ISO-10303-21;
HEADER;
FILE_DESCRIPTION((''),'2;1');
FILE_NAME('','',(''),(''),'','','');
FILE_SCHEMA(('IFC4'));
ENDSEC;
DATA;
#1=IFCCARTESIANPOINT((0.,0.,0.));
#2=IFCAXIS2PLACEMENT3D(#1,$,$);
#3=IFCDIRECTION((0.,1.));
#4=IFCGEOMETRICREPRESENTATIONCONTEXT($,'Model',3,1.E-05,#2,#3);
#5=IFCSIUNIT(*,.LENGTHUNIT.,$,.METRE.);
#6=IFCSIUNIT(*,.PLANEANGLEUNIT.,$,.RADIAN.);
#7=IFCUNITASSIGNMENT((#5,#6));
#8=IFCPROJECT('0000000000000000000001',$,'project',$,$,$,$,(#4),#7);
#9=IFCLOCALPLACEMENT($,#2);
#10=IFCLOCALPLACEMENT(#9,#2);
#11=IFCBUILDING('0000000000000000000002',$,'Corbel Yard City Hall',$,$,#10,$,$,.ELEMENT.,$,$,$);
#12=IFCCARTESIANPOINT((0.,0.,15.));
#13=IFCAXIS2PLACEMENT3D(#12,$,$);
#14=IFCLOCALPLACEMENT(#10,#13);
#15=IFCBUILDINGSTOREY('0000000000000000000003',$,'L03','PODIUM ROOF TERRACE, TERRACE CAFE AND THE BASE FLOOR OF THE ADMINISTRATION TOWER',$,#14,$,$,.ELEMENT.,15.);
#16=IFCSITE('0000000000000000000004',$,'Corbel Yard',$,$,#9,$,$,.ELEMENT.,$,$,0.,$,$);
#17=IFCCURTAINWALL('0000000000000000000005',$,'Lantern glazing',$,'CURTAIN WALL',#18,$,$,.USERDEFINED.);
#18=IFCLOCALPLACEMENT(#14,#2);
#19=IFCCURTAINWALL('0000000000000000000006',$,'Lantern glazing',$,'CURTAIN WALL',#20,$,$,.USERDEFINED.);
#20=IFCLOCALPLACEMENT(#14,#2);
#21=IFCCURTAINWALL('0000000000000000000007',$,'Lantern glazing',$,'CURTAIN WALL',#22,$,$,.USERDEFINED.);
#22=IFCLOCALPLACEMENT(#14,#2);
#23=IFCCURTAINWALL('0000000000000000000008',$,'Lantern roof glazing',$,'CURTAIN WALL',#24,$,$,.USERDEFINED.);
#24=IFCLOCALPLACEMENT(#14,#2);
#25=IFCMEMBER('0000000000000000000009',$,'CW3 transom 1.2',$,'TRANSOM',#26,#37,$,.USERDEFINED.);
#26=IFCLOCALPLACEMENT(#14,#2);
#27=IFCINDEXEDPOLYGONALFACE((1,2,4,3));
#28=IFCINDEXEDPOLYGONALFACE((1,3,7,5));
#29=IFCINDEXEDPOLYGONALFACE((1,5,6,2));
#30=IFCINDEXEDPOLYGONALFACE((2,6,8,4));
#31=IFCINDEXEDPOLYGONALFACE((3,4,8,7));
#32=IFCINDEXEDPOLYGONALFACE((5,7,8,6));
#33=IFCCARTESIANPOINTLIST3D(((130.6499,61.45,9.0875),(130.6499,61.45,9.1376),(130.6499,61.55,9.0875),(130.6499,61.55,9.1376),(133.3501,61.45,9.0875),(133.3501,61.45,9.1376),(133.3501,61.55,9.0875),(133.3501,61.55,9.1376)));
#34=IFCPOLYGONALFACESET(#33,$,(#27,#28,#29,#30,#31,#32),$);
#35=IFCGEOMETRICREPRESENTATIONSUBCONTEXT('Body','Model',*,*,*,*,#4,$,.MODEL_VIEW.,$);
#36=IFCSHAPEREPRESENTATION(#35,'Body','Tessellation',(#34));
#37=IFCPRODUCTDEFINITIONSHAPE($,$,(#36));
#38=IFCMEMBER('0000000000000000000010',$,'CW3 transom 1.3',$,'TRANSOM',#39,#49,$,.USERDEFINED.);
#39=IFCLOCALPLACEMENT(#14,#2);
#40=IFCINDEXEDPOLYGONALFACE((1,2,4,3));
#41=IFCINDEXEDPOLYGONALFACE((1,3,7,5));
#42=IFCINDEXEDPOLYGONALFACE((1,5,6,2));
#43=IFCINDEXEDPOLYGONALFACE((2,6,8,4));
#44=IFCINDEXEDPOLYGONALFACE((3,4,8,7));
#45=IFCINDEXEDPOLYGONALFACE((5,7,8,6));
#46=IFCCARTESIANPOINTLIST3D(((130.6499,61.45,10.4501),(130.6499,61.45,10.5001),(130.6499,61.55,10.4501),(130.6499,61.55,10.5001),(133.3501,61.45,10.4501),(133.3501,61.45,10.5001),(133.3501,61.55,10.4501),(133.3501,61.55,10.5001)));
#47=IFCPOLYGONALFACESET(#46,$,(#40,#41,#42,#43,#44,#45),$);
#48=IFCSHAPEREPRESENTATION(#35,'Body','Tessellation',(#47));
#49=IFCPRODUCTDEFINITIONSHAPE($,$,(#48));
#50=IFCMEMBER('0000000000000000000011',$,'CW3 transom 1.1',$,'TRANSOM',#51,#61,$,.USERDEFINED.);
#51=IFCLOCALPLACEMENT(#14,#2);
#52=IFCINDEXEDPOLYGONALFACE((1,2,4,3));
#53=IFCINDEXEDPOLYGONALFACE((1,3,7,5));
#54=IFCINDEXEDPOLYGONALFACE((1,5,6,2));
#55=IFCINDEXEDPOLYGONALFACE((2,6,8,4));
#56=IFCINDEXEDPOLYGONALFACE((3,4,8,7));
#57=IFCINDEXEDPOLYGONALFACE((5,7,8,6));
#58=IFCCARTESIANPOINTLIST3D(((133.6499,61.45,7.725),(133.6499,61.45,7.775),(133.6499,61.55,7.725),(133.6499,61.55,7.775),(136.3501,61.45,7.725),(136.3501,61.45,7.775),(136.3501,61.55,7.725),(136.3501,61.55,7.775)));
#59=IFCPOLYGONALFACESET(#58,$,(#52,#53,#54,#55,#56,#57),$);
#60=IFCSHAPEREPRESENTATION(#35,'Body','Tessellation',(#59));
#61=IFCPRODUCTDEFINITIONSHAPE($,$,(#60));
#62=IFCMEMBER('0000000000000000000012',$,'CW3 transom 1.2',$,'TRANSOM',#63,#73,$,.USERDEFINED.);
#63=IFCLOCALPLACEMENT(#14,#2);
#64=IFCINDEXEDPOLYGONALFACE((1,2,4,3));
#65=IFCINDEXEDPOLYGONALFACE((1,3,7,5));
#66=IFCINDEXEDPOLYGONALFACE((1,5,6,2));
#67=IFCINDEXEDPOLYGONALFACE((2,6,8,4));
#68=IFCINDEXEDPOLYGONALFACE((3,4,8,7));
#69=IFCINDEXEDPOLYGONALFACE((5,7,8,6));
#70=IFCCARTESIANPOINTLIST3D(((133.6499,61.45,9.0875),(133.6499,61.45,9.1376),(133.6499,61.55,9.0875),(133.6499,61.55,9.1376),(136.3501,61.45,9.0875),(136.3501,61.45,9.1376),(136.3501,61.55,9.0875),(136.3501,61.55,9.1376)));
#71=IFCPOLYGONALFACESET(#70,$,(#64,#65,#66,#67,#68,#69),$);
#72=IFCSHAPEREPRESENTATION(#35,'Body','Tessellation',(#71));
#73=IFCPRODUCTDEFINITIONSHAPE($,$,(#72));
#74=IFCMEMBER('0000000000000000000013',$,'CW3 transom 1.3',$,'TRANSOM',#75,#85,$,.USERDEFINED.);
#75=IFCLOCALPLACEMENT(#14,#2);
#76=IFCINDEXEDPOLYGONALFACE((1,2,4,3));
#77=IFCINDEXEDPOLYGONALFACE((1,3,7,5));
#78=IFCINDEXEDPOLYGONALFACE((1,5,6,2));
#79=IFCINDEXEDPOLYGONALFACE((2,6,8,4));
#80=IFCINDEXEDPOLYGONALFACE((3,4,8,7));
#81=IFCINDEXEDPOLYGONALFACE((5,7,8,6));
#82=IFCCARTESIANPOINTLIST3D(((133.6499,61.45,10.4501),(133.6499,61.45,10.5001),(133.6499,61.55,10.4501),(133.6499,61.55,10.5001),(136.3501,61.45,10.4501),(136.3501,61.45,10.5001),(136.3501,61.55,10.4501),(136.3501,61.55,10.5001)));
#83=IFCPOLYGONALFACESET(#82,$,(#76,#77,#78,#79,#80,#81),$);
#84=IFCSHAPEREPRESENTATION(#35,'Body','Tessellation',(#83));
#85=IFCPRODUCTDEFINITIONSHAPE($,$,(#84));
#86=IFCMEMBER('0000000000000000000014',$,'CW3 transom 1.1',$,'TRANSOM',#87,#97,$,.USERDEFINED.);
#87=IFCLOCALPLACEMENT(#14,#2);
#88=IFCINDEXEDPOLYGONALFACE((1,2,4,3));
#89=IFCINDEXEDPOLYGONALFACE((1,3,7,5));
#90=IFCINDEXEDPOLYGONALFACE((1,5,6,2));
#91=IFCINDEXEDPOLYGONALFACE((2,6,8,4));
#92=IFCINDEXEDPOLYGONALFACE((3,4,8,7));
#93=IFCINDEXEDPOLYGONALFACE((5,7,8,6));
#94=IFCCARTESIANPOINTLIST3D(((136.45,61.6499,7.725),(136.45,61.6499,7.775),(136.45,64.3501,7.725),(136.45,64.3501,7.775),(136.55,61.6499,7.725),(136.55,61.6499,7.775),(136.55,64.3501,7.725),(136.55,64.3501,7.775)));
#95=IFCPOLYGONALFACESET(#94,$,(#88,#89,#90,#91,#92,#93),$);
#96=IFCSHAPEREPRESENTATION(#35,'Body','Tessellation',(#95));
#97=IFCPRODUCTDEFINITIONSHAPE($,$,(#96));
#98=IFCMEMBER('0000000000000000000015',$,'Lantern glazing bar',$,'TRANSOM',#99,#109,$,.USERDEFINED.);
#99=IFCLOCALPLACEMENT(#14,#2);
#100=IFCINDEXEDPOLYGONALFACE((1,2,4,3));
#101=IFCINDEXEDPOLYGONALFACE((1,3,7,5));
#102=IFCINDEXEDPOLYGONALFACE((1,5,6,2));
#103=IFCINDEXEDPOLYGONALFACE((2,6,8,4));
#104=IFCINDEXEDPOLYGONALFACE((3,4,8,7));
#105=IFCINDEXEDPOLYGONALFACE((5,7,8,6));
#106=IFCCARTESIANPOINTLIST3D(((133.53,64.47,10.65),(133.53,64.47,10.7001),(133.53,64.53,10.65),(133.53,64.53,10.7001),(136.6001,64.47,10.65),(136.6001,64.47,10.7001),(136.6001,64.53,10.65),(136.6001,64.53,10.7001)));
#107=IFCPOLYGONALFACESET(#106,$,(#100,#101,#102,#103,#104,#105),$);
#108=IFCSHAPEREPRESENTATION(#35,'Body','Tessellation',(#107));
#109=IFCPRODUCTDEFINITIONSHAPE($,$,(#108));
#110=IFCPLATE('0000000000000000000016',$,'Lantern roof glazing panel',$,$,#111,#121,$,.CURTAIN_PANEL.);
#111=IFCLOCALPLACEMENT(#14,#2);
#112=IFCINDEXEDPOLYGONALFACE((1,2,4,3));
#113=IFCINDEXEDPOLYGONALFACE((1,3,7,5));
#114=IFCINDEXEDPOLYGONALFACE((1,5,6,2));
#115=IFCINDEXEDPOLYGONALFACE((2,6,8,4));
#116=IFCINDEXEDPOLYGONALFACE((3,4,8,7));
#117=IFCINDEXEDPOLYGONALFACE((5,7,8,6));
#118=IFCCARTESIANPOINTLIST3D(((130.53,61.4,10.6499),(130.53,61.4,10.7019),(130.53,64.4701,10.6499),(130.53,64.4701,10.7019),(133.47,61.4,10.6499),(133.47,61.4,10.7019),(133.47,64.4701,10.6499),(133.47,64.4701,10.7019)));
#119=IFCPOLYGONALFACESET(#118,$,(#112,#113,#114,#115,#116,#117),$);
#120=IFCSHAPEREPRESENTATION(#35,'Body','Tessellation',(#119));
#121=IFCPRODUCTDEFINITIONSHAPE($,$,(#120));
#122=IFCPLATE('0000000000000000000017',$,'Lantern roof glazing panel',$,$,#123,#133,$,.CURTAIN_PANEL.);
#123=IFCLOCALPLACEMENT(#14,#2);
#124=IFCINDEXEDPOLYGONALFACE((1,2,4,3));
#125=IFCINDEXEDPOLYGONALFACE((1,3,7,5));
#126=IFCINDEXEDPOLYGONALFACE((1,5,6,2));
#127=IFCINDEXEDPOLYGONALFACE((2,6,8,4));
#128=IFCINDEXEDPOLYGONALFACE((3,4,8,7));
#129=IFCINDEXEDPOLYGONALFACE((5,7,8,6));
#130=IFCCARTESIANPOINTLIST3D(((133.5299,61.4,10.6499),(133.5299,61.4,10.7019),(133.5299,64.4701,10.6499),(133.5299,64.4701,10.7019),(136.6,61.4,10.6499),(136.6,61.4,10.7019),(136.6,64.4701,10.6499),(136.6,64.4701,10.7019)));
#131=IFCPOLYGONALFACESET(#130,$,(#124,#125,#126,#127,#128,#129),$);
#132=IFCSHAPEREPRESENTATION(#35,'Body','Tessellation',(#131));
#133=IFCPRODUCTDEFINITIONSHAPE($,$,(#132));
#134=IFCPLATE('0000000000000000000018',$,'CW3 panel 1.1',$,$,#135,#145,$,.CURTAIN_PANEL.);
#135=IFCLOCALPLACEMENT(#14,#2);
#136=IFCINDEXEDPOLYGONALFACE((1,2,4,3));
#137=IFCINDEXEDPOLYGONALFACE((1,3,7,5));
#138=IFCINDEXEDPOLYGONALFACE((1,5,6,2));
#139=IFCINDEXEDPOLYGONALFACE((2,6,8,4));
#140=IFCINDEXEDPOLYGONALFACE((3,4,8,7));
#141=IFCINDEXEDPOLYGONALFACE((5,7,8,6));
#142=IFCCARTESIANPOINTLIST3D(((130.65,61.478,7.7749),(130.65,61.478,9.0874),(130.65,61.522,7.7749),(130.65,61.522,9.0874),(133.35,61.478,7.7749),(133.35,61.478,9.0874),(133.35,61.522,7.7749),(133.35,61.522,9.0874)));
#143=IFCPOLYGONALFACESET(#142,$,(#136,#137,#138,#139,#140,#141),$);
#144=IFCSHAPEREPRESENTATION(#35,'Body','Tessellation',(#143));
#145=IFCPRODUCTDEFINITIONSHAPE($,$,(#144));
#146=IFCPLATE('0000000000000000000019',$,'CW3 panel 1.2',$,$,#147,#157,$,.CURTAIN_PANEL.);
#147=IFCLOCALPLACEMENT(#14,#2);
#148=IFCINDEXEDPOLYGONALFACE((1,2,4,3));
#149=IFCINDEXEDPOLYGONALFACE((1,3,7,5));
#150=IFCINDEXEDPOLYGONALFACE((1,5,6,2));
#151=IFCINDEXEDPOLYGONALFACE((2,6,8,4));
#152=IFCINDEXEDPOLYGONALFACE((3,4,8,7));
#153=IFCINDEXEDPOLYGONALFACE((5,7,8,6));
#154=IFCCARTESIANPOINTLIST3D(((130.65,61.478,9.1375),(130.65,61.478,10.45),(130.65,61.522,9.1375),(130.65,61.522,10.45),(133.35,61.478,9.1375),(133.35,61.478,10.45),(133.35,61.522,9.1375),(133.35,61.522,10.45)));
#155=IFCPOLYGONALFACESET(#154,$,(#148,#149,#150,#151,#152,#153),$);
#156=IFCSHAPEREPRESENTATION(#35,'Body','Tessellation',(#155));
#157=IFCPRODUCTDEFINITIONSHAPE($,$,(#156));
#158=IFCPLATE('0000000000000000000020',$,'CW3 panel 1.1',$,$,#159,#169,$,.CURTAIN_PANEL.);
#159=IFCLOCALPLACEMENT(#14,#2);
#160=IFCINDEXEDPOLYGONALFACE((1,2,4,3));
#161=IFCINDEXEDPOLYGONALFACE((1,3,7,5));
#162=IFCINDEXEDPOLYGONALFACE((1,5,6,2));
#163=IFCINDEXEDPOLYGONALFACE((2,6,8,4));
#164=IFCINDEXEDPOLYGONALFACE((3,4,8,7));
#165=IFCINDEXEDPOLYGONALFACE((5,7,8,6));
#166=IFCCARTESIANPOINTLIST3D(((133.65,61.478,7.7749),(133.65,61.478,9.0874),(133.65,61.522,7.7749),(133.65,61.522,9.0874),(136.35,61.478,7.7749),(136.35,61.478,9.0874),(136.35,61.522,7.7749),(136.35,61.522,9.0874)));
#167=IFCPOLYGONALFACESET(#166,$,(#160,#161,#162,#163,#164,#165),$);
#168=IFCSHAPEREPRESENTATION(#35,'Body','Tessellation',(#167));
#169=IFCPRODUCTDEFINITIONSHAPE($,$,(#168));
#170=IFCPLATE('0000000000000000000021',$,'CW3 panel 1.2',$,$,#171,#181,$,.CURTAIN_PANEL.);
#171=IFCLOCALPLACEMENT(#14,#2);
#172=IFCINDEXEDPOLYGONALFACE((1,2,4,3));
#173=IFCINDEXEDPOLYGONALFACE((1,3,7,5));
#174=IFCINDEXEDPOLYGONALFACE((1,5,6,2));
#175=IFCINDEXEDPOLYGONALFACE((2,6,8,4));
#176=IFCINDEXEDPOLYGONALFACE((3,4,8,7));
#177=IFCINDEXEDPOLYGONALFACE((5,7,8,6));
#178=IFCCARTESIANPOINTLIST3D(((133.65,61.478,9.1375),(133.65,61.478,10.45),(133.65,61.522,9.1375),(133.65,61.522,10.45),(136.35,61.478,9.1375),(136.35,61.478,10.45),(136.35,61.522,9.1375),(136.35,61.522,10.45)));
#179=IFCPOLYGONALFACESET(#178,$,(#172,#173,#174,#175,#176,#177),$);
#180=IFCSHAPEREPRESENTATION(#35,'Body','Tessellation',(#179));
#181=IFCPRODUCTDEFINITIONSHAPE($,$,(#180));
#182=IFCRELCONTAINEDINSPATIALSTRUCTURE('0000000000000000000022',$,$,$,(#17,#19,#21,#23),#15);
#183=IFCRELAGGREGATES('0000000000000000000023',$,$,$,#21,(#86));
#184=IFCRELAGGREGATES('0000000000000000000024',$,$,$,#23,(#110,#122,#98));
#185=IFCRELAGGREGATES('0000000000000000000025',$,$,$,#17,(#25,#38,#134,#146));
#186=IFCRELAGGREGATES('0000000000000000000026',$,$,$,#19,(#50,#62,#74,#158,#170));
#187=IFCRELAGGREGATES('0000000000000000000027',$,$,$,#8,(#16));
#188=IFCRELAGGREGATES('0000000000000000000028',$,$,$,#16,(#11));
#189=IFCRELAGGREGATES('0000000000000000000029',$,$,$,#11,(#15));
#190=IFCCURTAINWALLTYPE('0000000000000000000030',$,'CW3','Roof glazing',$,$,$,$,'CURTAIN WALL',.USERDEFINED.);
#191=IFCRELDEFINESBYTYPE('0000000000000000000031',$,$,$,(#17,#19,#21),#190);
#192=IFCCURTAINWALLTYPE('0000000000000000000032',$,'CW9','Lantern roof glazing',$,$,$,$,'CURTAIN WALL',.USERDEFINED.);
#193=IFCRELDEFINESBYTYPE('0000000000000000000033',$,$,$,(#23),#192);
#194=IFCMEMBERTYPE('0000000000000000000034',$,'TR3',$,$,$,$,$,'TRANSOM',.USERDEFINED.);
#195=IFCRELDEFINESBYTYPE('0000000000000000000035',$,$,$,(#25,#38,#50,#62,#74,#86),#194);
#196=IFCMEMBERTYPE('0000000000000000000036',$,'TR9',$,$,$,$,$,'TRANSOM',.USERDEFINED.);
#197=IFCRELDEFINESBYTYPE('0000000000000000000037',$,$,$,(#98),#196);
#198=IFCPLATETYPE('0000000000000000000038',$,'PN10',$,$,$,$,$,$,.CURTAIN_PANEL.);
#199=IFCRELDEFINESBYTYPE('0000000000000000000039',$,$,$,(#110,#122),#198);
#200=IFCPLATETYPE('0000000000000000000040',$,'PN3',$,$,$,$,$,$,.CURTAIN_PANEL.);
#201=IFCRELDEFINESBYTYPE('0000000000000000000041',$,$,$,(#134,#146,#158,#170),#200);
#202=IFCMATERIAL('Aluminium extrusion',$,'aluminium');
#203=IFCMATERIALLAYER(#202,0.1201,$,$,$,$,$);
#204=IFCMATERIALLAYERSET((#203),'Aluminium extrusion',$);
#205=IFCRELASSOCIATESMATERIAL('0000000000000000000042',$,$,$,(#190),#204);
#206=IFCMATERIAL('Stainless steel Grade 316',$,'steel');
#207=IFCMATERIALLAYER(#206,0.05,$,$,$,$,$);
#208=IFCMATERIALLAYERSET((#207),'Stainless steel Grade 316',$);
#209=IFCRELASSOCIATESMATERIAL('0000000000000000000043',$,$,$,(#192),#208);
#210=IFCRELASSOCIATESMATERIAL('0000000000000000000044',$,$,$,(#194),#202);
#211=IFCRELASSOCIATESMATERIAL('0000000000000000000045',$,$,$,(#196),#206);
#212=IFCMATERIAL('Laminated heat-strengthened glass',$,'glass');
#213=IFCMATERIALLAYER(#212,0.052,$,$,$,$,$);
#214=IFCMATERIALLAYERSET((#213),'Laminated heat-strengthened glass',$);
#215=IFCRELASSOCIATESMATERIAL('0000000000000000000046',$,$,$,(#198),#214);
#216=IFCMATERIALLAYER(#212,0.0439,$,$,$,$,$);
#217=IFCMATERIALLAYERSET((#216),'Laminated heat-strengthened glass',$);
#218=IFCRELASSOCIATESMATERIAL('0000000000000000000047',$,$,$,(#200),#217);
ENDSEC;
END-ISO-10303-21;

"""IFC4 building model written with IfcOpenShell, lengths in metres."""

from ifc_helpers import new_model, si_unit, direction, frame, origin, origin_2d, place, context, subcontext, project, spatial, rectangle, extrude, material, layer, layer_set, material_profile, profile_set, type_object, element, aggregate, save


model = new_model("IFC4")

# Units and contexts
model_context = context("Model", 3, precision=1e-05, world=origin(), true_north=direction((0.0, 1.0)))
body_context = subcontext(model_context, "Body", "Model", "MODEL_VIEW")
ifc_project = project(units=[si_unit("LENGTHUNIT", "METRE"), si_unit("PLANEANGLEUNIT", "RADIAN")], contexts=[model_context])

# Site, building, storey
site_placement = place(None, origin())
site = spatial("IfcSite", under=ifc_project, at=site_placement, Name="Corbel Yard", CompositionType="ELEMENT", RefElevation=0.0)
building_placement = place(site_placement, origin())
building = spatial("IfcBuilding", under=site, at=building_placement, Name="Corbel Yard City Hall", CompositionType="ELEMENT")
storey_placement = place(building_placement, frame((0.0, 0.0, 15.0)))
storey = spatial("IfcBuildingStorey", under=building, at=storey_placement, Name="L03", Description="PODIUM ROOF TERRACE, TERRACE CAFE AND THE BASE FLOOR OF THE ADMINISTRATION TOWER", CompositionType="ELEMENT", Elevation=15.0)

# Curtain walls
ifc_material_1 = material(Name="Aluminium extrusion", Category="aluminium")
ifc_layer_1 = layer(ifc_material_1, 0.1201)
ifc_layer_set_1 = layer_set([ifc_layer_1], Name="Aluminium extrusion")
curtain_wall_type_1 = type_object("IfcCurtainWallType", Name="CW3", Description="Roof glazing", ElementType="CURTAIN WALL", PredefinedType="USERDEFINED", material=ifc_layer_set_1)
curtain_wall_1_placement = place(storey_placement, origin())
curtain_wall_1 = element("IfcCurtainWall", 1, at=curtain_wall_1_placement, inside=storey, type_object=curtain_wall_type_1, Name="Lantern glazing", ObjectType="CURTAIN WALL", PredefinedType="USERDEFINED")
curtain_wall_2_placement = place(storey_placement, origin())
curtain_wall_2 = element("IfcCurtainWall", 2, at=curtain_wall_2_placement, inside=storey, type_object=curtain_wall_type_1, Name="Lantern glazing", ObjectType="CURTAIN WALL", PredefinedType="USERDEFINED")

# Curtain walls
curtain_wall_3_placement = place(storey_placement, origin())
curtain_wall_3 = element("IfcCurtainWall", 3, at=curtain_wall_3_placement, inside=storey, type_object=curtain_wall_type_1, Name="Lantern glazing", ObjectType="CURTAIN WALL", PredefinedType="USERDEFINED")
ifc_material_2 = material(Name="Stainless steel Grade 316", Category="steel")
ifc_layer_2 = layer(ifc_material_2, 0.05)
ifc_layer_set_2 = layer_set([ifc_layer_2], Name="Stainless steel Grade 316")
curtain_wall_type_2 = type_object("IfcCurtainWallType", Name="CW9", Description="Lantern roof glazing", ElementType="CURTAIN WALL", PredefinedType="USERDEFINED", material=ifc_layer_set_2)
curtain_wall_4_placement = place(storey_placement, origin())
curtain_wall_4 = element("IfcCurtainWall", 4, at=curtain_wall_4_placement, inside=storey, type_object=curtain_wall_type_2, Name="Lantern roof glazing", ObjectType="CURTAIN WALL", PredefinedType="USERDEFINED")
ifc_material_profile_1 = material_profile(ifc_material_1, rectangle(XDim=0.1001, YDim=0.05, at=origin_2d()), Name="100x50")
ifc_profile_set_1 = profile_set([ifc_material_profile_1], Name="Aluminium extrusion")
member_type_1 = type_object("IfcMemberType", Name="TR3", ElementType="TRANSOM", PredefinedType="USERDEFINED", material=ifc_profile_set_1)

# Members
member_1_placement = place(storey_placement, frame((130.6499, 61.5, 9.1125), z_axis=(1.0, 0.0, 0.0), x_axis=(0.0, 1.0, 0.0)))
member_1 = element("IfcMember", 5, at=member_1_placement, type_object=member_type_1, Name="CW3 transom 1.2", ObjectType="TRANSOM", PredefinedType="USERDEFINED", context=body_context, shape_type="SweptSolid", body=[
    extrude(rectangle(XDim=0.1001, YDim=0.05, at=origin_2d()), origin(), (0.0, 0.0, 1.0), 2.7002),
])
member_2_placement = place(storey_placement, frame((130.6499, 61.5, 10.4751), z_axis=(1.0, 0.0, 0.0), x_axis=(0.0, 1.0, 0.0)))
member_2 = element("IfcMember", 6, at=member_2_placement, type_object=member_type_1, Name="CW3 transom 1.3", ObjectType="TRANSOM", PredefinedType="USERDEFINED", context=body_context, shape_type="SweptSolid", body=[
    extrude(rectangle(XDim=0.1001, YDim=0.05, at=origin_2d()), origin(), (0.0, 0.0, 1.0), 2.7002),
])
member_3_placement = place(storey_placement, frame((133.6499, 61.5, 7.75), z_axis=(1.0, 0.0, 0.0), x_axis=(0.0, 1.0, 0.0)))
member_3 = element("IfcMember", 7, at=member_3_placement, type_object=member_type_1, Name="CW3 transom 1.1", ObjectType="TRANSOM", PredefinedType="USERDEFINED", context=body_context, shape_type="SweptSolid", body=[
    extrude(rectangle(XDim=0.1001, YDim=0.05, at=origin_2d()), origin(), (0.0, 0.0, 1.0), 2.7002),
])
member_4_placement = place(storey_placement, frame((133.6499, 61.5, 9.1125), z_axis=(1.0, 0.0, 0.0), x_axis=(0.0, 1.0, 0.0)))
member_4 = element("IfcMember", 8, at=member_4_placement, type_object=member_type_1, Name="CW3 transom 1.2", ObjectType="TRANSOM", PredefinedType="USERDEFINED", context=body_context, shape_type="SweptSolid", body=[
    extrude(rectangle(XDim=0.1001, YDim=0.05, at=origin_2d()), origin(), (0.0, 0.0, 1.0), 2.7002),
])
member_5_placement = place(storey_placement, frame((133.6499, 61.5, 10.4751), z_axis=(1.0, 0.0, 0.0), x_axis=(0.0, 1.0, 0.0)))
member_5 = element("IfcMember", 9, at=member_5_placement, type_object=member_type_1, Name="CW3 transom 1.3", ObjectType="TRANSOM", PredefinedType="USERDEFINED", context=body_context, shape_type="SweptSolid", body=[
    extrude(rectangle(XDim=0.1001, YDim=0.05, at=origin_2d()), origin(), (0.0, 0.0, 1.0), 2.7002),
])
member_6_placement = place(storey_placement, frame((136.5, 61.6499, 7.75), z_axis=(0.0, 1.0, 0.0), x_axis=(-1.0, 0.0, 0.0)))
member_6 = element("IfcMember", 10, at=member_6_placement, type_object=member_type_1, Name="CW3 transom 1.1", ObjectType="TRANSOM", PredefinedType="USERDEFINED", context=body_context, shape_type="SweptSolid", body=[
    extrude(rectangle(XDim=0.1001, YDim=0.05, at=origin_2d()), origin(), (0.0, 0.0, 1.0), 2.7002),
])
aggregate(curtain_wall_3, [member_6])
ifc_material_profile_2 = material_profile(ifc_material_2, rectangle(XDim=0.0601, YDim=0.05, at=origin_2d()), Name="60x50")
ifc_profile_set_2 = profile_set([ifc_material_profile_2], Name="Stainless steel Grade 316")
member_type_2 = type_object("IfcMemberType", Name="TR9", ElementType="TRANSOM", PredefinedType="USERDEFINED", material=ifc_profile_set_2)
member_7_placement = place(storey_placement, frame((133.53, 64.5, 10.675), z_axis=(1.0, 0.0, 0.0), x_axis=(0.0, 1.0, 0.0)))
member_7 = element("IfcMember", 11, at=member_7_placement, type_object=member_type_2, Name="Lantern glazing bar", ObjectType="TRANSOM", PredefinedType="USERDEFINED", context=body_context, shape_type="SweptSolid", body=[
    extrude(rectangle(XDim=0.0601, YDim=0.05, at=origin_2d()), origin(), (0.0, 0.0, 1.0), 3.0701),
])

# Plates
ifc_material_3 = material(Name="Laminated heat-strengthened glass", Category="glass")
ifc_layer_3 = layer(ifc_material_3, 0.052)
ifc_layer_set_3 = layer_set([ifc_layer_3], Name="Laminated heat-strengthened glass")
plate_type_1 = type_object("IfcPlateType", Name="PN10", PredefinedType="CURTAIN_PANEL", material=ifc_layer_set_3)
plate_1_placement = place(storey_placement, frame((132.0, 62.9351, 10.6499), z_axis=(0.0, 0.0, 1.0), x_axis=(1.0, 0.0, 0.0)))
plate_1 = element("IfcPlate", 12, at=plate_1_placement, type_object=plate_type_1, Name="Lantern roof glazing panel", PredefinedType="CURTAIN_PANEL", context=body_context, shape_type="SweptSolid", body=[
    extrude(rectangle(XDim=2.9399, YDim=3.0701, at=origin_2d()), origin(), (0.0, 0.0, 1.0), 0.052),
])
plate_2_placement = place(storey_placement, frame((135.0649, 62.9351, 10.6499), z_axis=(0.0, 0.0, 1.0), x_axis=(1.0, 0.0, 0.0)))
plate_2 = element("IfcPlate", 13, at=plate_2_placement, type_object=plate_type_1, Name="Lantern roof glazing panel", PredefinedType="CURTAIN_PANEL", context=body_context, shape_type="SweptSolid", body=[
    extrude(rectangle(XDim=3.0701, YDim=3.0701, at=origin_2d()), origin(), (0.0, 0.0, 1.0), 0.052),
])
aggregate(curtain_wall_4, [plate_1, plate_2, member_7])
ifc_layer_4 = layer(ifc_material_3, 0.0439)
ifc_layer_set_4 = layer_set([ifc_layer_4], Name="Laminated heat-strengthened glass")
plate_type_2 = type_object("IfcPlateType", Name="PN3", PredefinedType="CURTAIN_PANEL", material=ifc_layer_set_4)
plate_3_placement = place(storey_placement, frame((132.0, 61.5, 7.7749), z_axis=(0.0, 0.0, 1.0), x_axis=(1.0, 0.0, 0.0)))
plate_3 = element("IfcPlate", 14, at=plate_3_placement, type_object=plate_type_2, Name="CW3 panel 1.1", PredefinedType="CURTAIN_PANEL", context=body_context, shape_type="SweptSolid", body=[
    extrude(rectangle(XDim=2.7, YDim=0.0439, at=origin_2d()), origin(), (0.0, 0.0, 1.0), 1.3125),
])
plate_4_placement = place(storey_placement, frame((132.0, 61.5, 9.1375), z_axis=(0.0, 0.0, 1.0), x_axis=(1.0, 0.0, 0.0)))
plate_4 = element("IfcPlate", 15, at=plate_4_placement, type_object=plate_type_2, Name="CW3 panel 1.2", PredefinedType="CURTAIN_PANEL", context=body_context, shape_type="SweptSolid", body=[
    extrude(rectangle(XDim=2.7, YDim=0.0439, at=origin_2d()), origin(), (0.0, 0.0, 1.0), 1.3125),
])
aggregate(curtain_wall_1, [member_1, member_2, plate_3, plate_4])
plate_5_placement = place(storey_placement, frame((135.0, 61.5, 7.7749), z_axis=(0.0, 0.0, 1.0), x_axis=(1.0, 0.0, 0.0)))
plate_5 = element("IfcPlate", 16, at=plate_5_placement, type_object=plate_type_2, Name="CW3 panel 1.1", PredefinedType="CURTAIN_PANEL", context=body_context, shape_type="SweptSolid", body=[
    extrude(rectangle(XDim=2.7, YDim=0.0439, at=origin_2d()), origin(), (0.0, 0.0, 1.0), 1.3125),
])
plate_6_placement = place(storey_placement, frame((135.0, 61.5, 9.1375), z_axis=(0.0, 0.0, 1.0), x_axis=(1.0, 0.0, 0.0)))
plate_6 = element("IfcPlate", 17, at=plate_6_placement, type_object=plate_type_2, Name="CW3 panel 1.2", PredefinedType="CURTAIN_PANEL", context=body_context, shape_type="SweptSolid", body=[
    extrude(rectangle(XDim=2.7, YDim=0.0439, at=origin_2d()), origin(), (0.0, 0.0, 1.0), 1.3125),
])
aggregate(curtain_wall_2, [member_3, member_4, member_5, plate_5, plate_6])

save(model, "model.ifc")
